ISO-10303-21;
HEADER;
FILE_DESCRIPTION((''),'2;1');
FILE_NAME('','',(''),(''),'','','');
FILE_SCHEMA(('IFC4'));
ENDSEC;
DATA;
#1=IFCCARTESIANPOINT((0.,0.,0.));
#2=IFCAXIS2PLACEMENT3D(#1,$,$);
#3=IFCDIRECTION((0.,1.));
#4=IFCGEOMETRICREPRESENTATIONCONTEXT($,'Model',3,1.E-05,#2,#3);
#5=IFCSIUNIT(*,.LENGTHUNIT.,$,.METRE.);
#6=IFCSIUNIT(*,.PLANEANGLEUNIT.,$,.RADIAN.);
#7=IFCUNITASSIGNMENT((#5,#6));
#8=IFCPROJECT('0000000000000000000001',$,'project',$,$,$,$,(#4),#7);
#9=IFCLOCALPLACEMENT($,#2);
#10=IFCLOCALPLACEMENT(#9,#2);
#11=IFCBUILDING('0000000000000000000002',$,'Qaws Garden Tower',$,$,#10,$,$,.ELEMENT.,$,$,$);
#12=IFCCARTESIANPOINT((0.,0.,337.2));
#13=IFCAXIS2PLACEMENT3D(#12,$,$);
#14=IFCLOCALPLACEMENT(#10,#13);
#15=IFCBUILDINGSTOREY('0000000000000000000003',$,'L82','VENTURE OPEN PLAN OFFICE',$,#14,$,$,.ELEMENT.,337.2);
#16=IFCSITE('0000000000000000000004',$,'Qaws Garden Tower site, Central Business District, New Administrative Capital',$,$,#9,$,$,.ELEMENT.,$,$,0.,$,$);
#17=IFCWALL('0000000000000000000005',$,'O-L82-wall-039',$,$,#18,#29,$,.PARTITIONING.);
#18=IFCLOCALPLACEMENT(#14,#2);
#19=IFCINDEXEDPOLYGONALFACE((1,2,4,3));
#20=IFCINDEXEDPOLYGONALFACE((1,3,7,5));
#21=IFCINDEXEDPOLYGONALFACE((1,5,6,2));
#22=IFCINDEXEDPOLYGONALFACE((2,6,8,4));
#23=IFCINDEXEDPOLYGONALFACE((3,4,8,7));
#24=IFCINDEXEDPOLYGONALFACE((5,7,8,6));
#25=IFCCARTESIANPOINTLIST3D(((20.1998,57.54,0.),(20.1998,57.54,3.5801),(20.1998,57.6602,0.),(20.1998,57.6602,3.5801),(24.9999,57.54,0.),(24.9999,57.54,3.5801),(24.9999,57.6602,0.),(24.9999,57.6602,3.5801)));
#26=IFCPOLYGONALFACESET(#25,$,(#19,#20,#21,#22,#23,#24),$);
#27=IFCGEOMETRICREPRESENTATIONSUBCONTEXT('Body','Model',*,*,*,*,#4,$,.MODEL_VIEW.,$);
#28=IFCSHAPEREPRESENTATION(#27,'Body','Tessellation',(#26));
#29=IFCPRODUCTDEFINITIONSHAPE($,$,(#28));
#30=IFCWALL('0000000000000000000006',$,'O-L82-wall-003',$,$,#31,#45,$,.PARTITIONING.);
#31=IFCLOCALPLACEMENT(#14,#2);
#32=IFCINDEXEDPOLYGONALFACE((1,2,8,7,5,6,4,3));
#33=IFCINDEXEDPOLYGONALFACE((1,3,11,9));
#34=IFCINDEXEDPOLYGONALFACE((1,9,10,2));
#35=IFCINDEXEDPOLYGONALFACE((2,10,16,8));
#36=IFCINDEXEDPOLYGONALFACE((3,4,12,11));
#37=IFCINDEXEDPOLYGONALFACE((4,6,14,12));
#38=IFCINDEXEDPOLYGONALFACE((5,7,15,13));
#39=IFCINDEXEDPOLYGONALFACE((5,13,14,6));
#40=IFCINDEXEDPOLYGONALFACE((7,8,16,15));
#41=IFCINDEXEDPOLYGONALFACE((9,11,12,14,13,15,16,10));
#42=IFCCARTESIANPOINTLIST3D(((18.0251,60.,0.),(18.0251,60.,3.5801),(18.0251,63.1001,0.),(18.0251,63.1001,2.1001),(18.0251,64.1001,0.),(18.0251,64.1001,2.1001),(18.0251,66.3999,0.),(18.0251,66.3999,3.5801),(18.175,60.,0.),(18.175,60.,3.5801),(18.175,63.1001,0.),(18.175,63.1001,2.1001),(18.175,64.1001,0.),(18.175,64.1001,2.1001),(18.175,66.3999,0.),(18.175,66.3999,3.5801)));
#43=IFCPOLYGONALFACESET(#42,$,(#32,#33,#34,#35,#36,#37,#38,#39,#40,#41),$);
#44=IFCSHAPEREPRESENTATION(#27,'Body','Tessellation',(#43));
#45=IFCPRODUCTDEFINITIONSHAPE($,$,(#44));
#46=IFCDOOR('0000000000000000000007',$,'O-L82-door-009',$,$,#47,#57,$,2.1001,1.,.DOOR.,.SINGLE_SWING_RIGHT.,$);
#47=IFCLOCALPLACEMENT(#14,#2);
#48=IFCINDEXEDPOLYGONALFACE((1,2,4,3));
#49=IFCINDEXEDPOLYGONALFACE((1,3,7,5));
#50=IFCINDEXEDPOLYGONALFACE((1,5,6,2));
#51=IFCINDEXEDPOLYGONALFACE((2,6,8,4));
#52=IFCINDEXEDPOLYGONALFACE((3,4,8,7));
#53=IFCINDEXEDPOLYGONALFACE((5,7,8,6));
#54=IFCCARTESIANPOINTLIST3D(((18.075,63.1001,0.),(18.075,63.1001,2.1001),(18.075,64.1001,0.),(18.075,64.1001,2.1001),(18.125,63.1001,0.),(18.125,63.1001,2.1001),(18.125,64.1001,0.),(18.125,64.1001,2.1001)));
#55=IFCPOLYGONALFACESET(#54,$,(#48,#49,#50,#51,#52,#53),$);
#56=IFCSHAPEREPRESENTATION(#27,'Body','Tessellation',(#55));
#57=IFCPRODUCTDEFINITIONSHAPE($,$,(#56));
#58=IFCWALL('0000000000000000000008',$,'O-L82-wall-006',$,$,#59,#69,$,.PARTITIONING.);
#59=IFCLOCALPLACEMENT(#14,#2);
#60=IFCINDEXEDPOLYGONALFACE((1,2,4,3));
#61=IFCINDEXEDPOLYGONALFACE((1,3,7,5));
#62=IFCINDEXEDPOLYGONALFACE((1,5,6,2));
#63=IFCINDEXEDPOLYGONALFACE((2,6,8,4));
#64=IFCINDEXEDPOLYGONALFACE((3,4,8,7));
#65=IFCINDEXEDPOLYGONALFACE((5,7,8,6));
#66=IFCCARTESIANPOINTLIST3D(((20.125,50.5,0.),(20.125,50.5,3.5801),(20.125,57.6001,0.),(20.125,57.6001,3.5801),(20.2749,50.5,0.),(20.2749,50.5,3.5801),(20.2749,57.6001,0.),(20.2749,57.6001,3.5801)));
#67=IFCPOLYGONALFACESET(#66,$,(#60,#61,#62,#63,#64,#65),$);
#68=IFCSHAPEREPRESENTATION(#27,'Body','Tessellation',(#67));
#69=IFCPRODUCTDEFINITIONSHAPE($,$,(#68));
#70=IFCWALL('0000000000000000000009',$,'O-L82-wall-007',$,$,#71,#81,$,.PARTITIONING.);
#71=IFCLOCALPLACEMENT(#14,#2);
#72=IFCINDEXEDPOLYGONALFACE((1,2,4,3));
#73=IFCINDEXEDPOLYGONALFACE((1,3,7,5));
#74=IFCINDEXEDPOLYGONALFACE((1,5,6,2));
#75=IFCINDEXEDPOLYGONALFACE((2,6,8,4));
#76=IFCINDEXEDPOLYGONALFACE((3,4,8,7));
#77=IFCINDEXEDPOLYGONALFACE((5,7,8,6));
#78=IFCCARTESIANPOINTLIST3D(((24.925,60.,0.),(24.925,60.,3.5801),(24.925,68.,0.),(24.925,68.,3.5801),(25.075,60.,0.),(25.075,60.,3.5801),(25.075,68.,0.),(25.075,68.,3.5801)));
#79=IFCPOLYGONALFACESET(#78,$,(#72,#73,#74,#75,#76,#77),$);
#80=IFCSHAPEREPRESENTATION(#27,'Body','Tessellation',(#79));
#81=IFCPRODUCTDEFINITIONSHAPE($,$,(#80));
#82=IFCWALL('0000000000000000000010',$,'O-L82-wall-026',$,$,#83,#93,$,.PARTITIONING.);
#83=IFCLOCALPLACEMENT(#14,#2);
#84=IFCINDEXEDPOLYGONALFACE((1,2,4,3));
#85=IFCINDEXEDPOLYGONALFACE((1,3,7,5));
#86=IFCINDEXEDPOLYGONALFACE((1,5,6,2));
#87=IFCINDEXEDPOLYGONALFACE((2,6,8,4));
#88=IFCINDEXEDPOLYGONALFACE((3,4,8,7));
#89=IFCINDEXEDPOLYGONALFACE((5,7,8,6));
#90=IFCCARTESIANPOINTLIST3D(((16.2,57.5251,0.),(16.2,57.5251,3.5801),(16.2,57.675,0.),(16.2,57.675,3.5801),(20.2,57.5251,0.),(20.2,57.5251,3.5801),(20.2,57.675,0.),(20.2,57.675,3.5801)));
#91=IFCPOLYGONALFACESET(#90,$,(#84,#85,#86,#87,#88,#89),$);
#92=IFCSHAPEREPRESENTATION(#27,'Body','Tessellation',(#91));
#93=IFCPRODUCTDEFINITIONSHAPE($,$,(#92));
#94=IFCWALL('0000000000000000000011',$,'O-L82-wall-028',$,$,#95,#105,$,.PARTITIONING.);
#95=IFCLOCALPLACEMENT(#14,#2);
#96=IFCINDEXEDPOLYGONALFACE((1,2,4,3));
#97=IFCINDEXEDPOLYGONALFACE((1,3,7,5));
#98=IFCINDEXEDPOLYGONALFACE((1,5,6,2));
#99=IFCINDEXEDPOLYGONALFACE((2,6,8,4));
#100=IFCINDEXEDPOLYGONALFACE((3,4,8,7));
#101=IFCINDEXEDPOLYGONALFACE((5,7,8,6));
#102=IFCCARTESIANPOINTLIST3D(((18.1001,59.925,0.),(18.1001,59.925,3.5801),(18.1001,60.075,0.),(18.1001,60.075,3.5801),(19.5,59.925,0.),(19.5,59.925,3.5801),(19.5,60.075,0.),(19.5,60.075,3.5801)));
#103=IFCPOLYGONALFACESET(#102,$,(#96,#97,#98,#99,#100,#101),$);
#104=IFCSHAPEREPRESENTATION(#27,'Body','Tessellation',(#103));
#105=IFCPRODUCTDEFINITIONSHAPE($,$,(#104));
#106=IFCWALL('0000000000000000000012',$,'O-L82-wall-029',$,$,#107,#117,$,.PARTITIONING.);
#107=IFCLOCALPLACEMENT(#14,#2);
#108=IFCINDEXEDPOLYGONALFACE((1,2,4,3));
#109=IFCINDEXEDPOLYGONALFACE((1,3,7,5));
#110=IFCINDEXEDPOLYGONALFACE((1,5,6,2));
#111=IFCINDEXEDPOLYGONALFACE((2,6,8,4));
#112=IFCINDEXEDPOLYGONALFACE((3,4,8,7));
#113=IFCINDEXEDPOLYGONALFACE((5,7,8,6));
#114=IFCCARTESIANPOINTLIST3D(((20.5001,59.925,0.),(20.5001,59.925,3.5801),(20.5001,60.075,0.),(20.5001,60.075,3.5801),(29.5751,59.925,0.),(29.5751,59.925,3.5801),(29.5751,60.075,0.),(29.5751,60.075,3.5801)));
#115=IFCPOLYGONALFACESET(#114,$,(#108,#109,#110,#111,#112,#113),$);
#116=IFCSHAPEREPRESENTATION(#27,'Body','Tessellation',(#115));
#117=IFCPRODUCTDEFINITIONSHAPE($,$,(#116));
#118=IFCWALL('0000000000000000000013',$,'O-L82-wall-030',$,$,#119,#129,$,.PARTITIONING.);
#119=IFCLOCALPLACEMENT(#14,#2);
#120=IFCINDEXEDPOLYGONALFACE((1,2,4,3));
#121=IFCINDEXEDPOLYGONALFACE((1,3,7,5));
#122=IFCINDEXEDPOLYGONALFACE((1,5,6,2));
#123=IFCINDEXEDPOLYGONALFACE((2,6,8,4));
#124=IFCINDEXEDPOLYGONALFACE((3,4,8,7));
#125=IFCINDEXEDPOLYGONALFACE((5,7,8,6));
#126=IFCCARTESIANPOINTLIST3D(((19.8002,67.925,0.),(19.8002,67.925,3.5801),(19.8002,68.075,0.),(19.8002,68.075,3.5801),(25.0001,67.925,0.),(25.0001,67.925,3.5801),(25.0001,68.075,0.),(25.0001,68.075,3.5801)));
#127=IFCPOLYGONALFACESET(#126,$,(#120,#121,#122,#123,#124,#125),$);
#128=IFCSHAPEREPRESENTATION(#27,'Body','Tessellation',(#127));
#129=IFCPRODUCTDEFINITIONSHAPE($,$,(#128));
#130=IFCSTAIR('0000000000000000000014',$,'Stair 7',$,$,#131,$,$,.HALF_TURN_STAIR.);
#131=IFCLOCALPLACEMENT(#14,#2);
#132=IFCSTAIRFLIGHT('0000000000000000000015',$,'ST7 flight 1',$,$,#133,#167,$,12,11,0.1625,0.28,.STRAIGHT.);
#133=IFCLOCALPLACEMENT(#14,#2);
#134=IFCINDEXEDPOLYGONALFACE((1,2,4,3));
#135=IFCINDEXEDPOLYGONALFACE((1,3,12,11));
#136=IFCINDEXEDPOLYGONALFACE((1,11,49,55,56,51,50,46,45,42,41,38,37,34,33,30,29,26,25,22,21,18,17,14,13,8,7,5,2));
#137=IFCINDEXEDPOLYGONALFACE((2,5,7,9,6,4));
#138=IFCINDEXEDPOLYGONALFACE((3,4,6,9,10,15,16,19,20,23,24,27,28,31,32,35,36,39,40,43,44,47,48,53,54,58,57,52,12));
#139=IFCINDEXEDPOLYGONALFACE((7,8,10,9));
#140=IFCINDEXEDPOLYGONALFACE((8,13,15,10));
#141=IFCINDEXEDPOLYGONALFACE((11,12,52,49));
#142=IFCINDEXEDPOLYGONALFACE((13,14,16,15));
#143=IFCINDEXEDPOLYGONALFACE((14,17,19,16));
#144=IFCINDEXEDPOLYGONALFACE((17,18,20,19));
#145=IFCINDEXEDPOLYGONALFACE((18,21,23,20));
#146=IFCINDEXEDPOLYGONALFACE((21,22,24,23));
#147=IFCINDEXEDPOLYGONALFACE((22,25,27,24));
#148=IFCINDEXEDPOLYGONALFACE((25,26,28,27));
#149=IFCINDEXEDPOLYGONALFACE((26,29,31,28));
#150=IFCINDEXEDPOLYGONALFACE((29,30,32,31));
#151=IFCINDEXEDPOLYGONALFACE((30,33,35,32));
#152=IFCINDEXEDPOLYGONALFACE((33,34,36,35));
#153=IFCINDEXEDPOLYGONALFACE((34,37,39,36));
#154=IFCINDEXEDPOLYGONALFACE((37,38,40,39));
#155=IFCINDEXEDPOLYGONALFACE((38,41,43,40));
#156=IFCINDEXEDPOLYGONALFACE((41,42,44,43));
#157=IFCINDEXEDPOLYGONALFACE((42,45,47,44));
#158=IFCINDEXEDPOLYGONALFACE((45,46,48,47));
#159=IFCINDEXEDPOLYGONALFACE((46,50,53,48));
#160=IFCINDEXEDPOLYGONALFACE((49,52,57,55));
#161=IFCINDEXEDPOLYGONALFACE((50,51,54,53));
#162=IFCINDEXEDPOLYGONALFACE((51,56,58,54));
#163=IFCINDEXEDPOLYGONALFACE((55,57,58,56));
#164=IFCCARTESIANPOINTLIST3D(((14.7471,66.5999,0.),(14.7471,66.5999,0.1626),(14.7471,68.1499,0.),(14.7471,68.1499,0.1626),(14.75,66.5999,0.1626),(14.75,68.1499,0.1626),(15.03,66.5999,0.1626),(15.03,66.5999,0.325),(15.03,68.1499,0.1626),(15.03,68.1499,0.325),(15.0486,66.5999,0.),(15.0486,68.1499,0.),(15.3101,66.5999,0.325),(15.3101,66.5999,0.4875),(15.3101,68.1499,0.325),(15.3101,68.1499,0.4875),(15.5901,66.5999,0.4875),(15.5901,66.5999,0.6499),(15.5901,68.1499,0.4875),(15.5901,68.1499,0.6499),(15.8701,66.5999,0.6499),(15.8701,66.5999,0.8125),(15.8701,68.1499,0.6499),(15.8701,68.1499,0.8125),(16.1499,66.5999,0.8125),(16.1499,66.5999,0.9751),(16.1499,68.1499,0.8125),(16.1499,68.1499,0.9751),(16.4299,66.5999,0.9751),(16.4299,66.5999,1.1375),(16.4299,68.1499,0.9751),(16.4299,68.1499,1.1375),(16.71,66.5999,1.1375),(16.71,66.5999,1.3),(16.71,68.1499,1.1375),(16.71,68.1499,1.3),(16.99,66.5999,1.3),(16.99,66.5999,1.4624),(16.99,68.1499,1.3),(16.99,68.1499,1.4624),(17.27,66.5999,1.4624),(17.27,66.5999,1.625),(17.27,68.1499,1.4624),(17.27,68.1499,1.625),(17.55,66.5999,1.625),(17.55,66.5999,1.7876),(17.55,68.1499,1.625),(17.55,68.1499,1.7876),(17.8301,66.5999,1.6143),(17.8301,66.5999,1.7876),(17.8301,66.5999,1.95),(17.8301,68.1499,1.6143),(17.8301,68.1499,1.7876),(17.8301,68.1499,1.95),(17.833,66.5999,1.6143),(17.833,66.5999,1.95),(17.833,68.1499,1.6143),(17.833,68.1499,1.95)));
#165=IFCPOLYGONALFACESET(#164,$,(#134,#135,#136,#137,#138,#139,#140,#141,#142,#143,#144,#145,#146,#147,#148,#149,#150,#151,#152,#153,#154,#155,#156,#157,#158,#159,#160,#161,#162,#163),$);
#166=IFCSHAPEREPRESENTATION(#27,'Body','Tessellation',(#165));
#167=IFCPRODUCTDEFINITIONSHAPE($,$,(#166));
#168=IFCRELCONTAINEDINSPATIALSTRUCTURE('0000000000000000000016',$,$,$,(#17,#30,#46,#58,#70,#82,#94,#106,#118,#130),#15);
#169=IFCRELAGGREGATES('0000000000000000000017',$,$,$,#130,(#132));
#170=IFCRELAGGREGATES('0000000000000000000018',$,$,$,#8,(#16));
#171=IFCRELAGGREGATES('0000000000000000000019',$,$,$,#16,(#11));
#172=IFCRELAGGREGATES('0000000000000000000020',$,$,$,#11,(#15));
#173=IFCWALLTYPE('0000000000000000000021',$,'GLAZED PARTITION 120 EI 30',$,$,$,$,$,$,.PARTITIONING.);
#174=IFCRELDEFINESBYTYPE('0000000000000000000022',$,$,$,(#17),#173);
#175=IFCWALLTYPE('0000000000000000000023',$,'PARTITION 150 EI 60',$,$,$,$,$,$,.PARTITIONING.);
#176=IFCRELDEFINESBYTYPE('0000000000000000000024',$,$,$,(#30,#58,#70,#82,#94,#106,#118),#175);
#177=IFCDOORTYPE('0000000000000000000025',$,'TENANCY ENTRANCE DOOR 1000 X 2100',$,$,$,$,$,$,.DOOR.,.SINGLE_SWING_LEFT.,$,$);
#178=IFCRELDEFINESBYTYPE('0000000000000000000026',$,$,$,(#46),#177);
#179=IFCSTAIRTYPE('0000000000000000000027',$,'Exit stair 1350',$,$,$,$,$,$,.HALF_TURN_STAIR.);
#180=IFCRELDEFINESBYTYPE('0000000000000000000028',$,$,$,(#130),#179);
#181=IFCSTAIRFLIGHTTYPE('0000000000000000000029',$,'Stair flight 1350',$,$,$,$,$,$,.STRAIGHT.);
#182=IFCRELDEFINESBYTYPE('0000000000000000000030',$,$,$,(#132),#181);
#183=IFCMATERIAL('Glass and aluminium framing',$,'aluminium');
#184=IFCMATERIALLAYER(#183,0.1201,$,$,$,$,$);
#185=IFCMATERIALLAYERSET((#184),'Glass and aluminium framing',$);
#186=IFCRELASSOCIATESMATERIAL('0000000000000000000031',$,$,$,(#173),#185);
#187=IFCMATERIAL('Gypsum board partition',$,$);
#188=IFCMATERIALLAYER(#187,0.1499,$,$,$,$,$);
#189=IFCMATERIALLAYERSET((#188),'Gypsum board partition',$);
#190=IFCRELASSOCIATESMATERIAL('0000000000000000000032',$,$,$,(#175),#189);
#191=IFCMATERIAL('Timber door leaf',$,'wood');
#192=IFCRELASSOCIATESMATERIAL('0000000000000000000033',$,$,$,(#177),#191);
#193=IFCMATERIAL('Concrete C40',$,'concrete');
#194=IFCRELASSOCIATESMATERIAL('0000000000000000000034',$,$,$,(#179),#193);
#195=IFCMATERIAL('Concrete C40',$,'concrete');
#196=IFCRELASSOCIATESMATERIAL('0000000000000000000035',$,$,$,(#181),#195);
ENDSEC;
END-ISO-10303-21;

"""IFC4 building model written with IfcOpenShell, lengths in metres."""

from ifc_helpers import new_model, si_unit, direction, frame, frame_2d, origin, place, context, subcontext, project, spatial, polyline, rectangle, outline, extrude, material, layer, layer_set, type_object, element, fill, aggregate, save


model = new_model("IFC4")

# Units and contexts
model_context = context("Model", 3, precision=1e-05, world=origin(), true_north=direction((0.0, 1.0)))
body_context = subcontext(model_context, "Body", "Model", "MODEL_VIEW")
ifc_project = project(units=[si_unit("LENGTHUNIT", "METRE"), si_unit("PLANEANGLEUNIT", "RADIAN")], contexts=[model_context])

# Site, building, storey
site_placement = place(None, origin())
site = spatial("IfcSite", under=ifc_project, at=site_placement, Name="Qaws Garden Tower site, Central Business District, New Administrative Capital", CompositionType="ELEMENT", RefElevation=0.0)
building_placement = place(site_placement, origin())
building = spatial("IfcBuilding", under=site, at=building_placement, Name="Qaws Garden Tower", CompositionType="ELEMENT")
storey_placement = place(building_placement, frame((0.0, 0.0, 337.2)))
storey = spatial("IfcBuildingStorey", under=building, at=storey_placement, Name="L82", Description="VENTURE OPEN PLAN OFFICE", CompositionType="ELEMENT", Elevation=337.2)

# Wall
ifc_material_1 = material(Name="Glass and aluminium framing", Category="aluminium")
ifc_layer_1 = layer(ifc_material_1, 0.1201)
ifc_layer_set_1 = layer_set([ifc_layer_1], Name="Glass and aluminium framing")
wall_type_1 = type_object("IfcWallType", Name="GLAZED PARTITION 120 EI 30", PredefinedType="PARTITIONING", material=ifc_layer_set_1)
wall_1_placement = place(storey_placement, frame((20.2, 57.6001, 0.0), z_axis=(0.0, 0.0, 1.0), x_axis=(1.0, 0.0, 0.0)))
element("IfcWall", 1, at=wall_1_placement, inside=storey, type_object=wall_type_1, Name="O-L82-wall-039", PredefinedType="PARTITIONING", context=body_context, shape_type="SweptSolid", body=[
    extrude(rectangle(XDim=4.8, YDim=0.1201, at=frame_2d((2.3999, 0.0))), origin(), (0.0, 0.0, 1.0), 3.5801),
])

# Wall, opening, door
ifc_material_2 = material(Name="Gypsum board partition")
ifc_layer_2 = layer(ifc_material_2, 0.1499)
ifc_layer_set_2 = layer_set([ifc_layer_2], Name="Gypsum board partition")
wall_type_2 = type_object("IfcWallType", Name="PARTITION 150 EI 60", PredefinedType="PARTITIONING", material=ifc_layer_set_2)
wall_2_placement = place(storey_placement, frame((18.1001, 60.0, 0.0), z_axis=(0.0, 0.0, 1.0), x_axis=(0.0, 1.0, 0.0)))
wall_2 = element("IfcWall", 2, at=wall_2_placement, inside=storey, type_object=wall_type_2, Name="O-L82-wall-003", PredefinedType="PARTITIONING", context=body_context, shape_type="SweptSolid", body=[
    extrude(rectangle(XDim=6.3999, YDim=0.1499, at=frame_2d((3.2, 0.0))), origin(), (0.0, 0.0, 1.0), 3.5801),
])
opening_1_placement = place(wall_2_placement, frame((3.1001, 0.0, 0.0)))
opening_1 = element("IfcOpeningElement", 3, at=opening_1_placement, cuts=wall_2, PredefinedType="OPENING", context=body_context, shape_type="SweptSolid", body=[
    extrude(rectangle(XDim=1.0, YDim=2.1001, at=frame_2d((0.5, 1.05))), frame((0.0, 0.085, 0.0), z_axis=(0.0, -1.0, 0.0), x_axis=(1.0, 0.0, 0.0)), (0.0, 0.0, 1.0), 0.1699),
])
ifc_material_3 = material(Name="Timber door leaf", Category="wood")
door_type = type_object("IfcDoorType", Name="TENANCY ENTRANCE DOOR 1000 X 2100", OperationType="SINGLE_SWING_LEFT", PredefinedType="DOOR", material=ifc_material_3)
door_placement = place(opening_1_placement, frame((1.0, 0.0, 0.0), z_axis=(0.0, 0.0, 1.0), x_axis=(-1.0, 0.0, 0.0)))
door = element("IfcDoor", 4, at=door_placement, inside=storey, type_object=door_type, Name="O-L82-door-009", OperationType="SINGLE_SWING_RIGHT", OverallHeight=2.1001, OverallWidth=1.0, PredefinedType="DOOR", context=body_context, shape_type="SweptSolid", body=[
    extrude(rectangle(XDim=1.0, YDim=2.1001, at=frame_2d((0.5, 1.05))), frame((0.0, 0.0249, 0.0), z_axis=(0.0, -1.0, 0.0), x_axis=(1.0, 0.0, 0.0)), (0.0, 0.0, 1.0), 0.05),
])
fill(opening_1, door)

# Walls
wall_3_placement = place(storey_placement, frame((20.2, 50.5, 0.0), z_axis=(0.0, 0.0, 1.0), x_axis=(0.0, 1.0, 0.0)))
element("IfcWall", 5, at=wall_3_placement, inside=storey, type_object=wall_type_2, Name="O-L82-wall-006", PredefinedType="PARTITIONING", context=body_context, shape_type="SweptSolid", body=[
    extrude(rectangle(XDim=7.1001, YDim=0.1499, at=frame_2d((3.55, 0.0))), origin(), (0.0, 0.0, 1.0), 3.5801),
])
wall_4_placement = place(storey_placement, frame((25.0, 60.0, 0.0), z_axis=(0.0, 0.0, 1.0), x_axis=(0.0, 1.0, 0.0)))
element("IfcWall", 6, at=wall_4_placement, inside=storey, type_object=wall_type_2, Name="O-L82-wall-007", PredefinedType="PARTITIONING", context=body_context, shape_type="SweptSolid", body=[
    extrude(rectangle(XDim=8.0, YDim=0.1499, at=frame_2d((4.0, 0.0))), origin(), (0.0, 0.0, 1.0), 3.5801),
])
wall_5_placement = place(storey_placement, frame((16.2, 57.6001, 0.0), z_axis=(0.0, 0.0, 1.0), x_axis=(1.0, 0.0, 0.0)))
element("IfcWall", 7, at=wall_5_placement, inside=storey, type_object=wall_type_2, Name="O-L82-wall-026", PredefinedType="PARTITIONING", context=body_context, shape_type="SweptSolid", body=[
    extrude(rectangle(XDim=4.0, YDim=0.1499, at=frame_2d((2.0, 0.0))), origin(), (0.0, 0.0, 1.0), 3.5801),
])
wall_6_placement = place(storey_placement, frame((18.1001, 60.0, 0.0), z_axis=(0.0, 0.0, 1.0), x_axis=(1.0, 0.0, 0.0)))
element("IfcWall", 8, at=wall_6_placement, inside=storey, type_object=wall_type_2, Name="O-L82-wall-028", PredefinedType="PARTITIONING", context=body_context, shape_type="SweptSolid", body=[
    extrude(rectangle(XDim=1.3999, YDim=0.1499, at=frame_2d((0.7, 0.0))), origin(), (0.0, 0.0, 1.0), 3.5801),
])
wall_7_placement = place(storey_placement, frame((20.5, 60.0, 0.0), z_axis=(0.0, 0.0, 1.0), x_axis=(1.0, 0.0, 0.0)))
element("IfcWall", 9, at=wall_7_placement, inside=storey, type_object=wall_type_2, Name="O-L82-wall-029", PredefinedType="PARTITIONING", context=body_context, shape_type="SweptSolid", body=[
    extrude(rectangle(XDim=9.075, YDim=0.1499, at=frame_2d((4.5376, 0.0))), origin(), (0.0, 0.0, 1.0), 3.5801),
])
wall_8_placement = place(storey_placement, frame((19.8, 68.0, 0.0), z_axis=(0.0, 0.0, 1.0), x_axis=(1.0, 0.0, 0.0)))
element("IfcWall", 10, at=wall_8_placement, inside=storey, type_object=wall_type_2, Name="O-L82-wall-030", PredefinedType="PARTITIONING", context=body_context, shape_type="SweptSolid", body=[
    extrude(rectangle(XDim=5.2, YDim=0.1499, at=frame_2d((2.6001, 0.0))), origin(), (0.0, 0.0, 1.0), 3.5801),
])

# Stair, stair flight
ifc_material_4 = material(Name="Concrete C40", Category="concrete")
stair_type = type_object("IfcStairType", Name="Exit stair 1350", PredefinedType="HALF_TURN_STAIR", material=ifc_material_4)
stair_placement = place(storey_placement, origin())
stair = element("IfcStair", 11, at=stair_placement, inside=storey, type_object=stair_type, Name="Stair 7", PredefinedType="HALF_TURN_STAIR")
ifc_material_5 = material(Name="Concrete C40", Category="concrete")
stair_flight_type = type_object("IfcStairFlightType", Name="Stair flight 1350", PredefinedType="STRAIGHT", material=ifc_material_5)
stair_flight_1_placement = place(storey_placement, frame((14.75, 67.375, 0.0), z_axis=(0.0, 0.0, 1.0), x_axis=(1.0, 0.0, 0.0)))
stair_flight_1 = element("IfcStairFlight", 12, at=stair_flight_1_placement, type_object=stair_flight_type, Name="ST7 flight 1", NumberOfRisers=12, NumberOfTreads=11, PredefinedType="STRAIGHT", RiserHeight=0.1625, TreadLength=0.28, context=body_context, shape_type="SweptSolid", body=[
    extrude(outline(polyline([(-0.0029, 0.0), (-0.0029, 0.1626), (0.0, 0.1626), (0.28, 0.1626), (0.28, 0.325), (0.5601, 0.325), (0.5601, 0.4875), (0.8401, 0.4875), (0.8401, 0.6499), (1.1201, 0.6499), (1.1201, 0.8125), (1.3999, 0.8125), (1.3999, 0.9751), (1.6799, 0.9751), (1.6799, 1.1375), (1.96, 1.1375), (1.96, 1.3), (2.24, 1.3), (2.24, 1.4624), (2.52, 1.4624), (2.52, 1.625), (2.8, 1.625), (2.8, 1.7876), (3.0801, 1.7876), (3.0801, 1.95), (3.083, 1.95), (3.083, 1.6143), (3.0801, 1.6143), (0.2986, 0.0), (-0.0029, 0.0)])), frame((0.0, 0.7749, 0.0), z_axis=(0.0, -1.0, 0.0), x_axis=(1.0, 0.0, 0.0)), (0.0, 0.0, 1.0), 1.55),
])
aggregate(stair, [stair_flight_1])

save(model, "model.ifc")
